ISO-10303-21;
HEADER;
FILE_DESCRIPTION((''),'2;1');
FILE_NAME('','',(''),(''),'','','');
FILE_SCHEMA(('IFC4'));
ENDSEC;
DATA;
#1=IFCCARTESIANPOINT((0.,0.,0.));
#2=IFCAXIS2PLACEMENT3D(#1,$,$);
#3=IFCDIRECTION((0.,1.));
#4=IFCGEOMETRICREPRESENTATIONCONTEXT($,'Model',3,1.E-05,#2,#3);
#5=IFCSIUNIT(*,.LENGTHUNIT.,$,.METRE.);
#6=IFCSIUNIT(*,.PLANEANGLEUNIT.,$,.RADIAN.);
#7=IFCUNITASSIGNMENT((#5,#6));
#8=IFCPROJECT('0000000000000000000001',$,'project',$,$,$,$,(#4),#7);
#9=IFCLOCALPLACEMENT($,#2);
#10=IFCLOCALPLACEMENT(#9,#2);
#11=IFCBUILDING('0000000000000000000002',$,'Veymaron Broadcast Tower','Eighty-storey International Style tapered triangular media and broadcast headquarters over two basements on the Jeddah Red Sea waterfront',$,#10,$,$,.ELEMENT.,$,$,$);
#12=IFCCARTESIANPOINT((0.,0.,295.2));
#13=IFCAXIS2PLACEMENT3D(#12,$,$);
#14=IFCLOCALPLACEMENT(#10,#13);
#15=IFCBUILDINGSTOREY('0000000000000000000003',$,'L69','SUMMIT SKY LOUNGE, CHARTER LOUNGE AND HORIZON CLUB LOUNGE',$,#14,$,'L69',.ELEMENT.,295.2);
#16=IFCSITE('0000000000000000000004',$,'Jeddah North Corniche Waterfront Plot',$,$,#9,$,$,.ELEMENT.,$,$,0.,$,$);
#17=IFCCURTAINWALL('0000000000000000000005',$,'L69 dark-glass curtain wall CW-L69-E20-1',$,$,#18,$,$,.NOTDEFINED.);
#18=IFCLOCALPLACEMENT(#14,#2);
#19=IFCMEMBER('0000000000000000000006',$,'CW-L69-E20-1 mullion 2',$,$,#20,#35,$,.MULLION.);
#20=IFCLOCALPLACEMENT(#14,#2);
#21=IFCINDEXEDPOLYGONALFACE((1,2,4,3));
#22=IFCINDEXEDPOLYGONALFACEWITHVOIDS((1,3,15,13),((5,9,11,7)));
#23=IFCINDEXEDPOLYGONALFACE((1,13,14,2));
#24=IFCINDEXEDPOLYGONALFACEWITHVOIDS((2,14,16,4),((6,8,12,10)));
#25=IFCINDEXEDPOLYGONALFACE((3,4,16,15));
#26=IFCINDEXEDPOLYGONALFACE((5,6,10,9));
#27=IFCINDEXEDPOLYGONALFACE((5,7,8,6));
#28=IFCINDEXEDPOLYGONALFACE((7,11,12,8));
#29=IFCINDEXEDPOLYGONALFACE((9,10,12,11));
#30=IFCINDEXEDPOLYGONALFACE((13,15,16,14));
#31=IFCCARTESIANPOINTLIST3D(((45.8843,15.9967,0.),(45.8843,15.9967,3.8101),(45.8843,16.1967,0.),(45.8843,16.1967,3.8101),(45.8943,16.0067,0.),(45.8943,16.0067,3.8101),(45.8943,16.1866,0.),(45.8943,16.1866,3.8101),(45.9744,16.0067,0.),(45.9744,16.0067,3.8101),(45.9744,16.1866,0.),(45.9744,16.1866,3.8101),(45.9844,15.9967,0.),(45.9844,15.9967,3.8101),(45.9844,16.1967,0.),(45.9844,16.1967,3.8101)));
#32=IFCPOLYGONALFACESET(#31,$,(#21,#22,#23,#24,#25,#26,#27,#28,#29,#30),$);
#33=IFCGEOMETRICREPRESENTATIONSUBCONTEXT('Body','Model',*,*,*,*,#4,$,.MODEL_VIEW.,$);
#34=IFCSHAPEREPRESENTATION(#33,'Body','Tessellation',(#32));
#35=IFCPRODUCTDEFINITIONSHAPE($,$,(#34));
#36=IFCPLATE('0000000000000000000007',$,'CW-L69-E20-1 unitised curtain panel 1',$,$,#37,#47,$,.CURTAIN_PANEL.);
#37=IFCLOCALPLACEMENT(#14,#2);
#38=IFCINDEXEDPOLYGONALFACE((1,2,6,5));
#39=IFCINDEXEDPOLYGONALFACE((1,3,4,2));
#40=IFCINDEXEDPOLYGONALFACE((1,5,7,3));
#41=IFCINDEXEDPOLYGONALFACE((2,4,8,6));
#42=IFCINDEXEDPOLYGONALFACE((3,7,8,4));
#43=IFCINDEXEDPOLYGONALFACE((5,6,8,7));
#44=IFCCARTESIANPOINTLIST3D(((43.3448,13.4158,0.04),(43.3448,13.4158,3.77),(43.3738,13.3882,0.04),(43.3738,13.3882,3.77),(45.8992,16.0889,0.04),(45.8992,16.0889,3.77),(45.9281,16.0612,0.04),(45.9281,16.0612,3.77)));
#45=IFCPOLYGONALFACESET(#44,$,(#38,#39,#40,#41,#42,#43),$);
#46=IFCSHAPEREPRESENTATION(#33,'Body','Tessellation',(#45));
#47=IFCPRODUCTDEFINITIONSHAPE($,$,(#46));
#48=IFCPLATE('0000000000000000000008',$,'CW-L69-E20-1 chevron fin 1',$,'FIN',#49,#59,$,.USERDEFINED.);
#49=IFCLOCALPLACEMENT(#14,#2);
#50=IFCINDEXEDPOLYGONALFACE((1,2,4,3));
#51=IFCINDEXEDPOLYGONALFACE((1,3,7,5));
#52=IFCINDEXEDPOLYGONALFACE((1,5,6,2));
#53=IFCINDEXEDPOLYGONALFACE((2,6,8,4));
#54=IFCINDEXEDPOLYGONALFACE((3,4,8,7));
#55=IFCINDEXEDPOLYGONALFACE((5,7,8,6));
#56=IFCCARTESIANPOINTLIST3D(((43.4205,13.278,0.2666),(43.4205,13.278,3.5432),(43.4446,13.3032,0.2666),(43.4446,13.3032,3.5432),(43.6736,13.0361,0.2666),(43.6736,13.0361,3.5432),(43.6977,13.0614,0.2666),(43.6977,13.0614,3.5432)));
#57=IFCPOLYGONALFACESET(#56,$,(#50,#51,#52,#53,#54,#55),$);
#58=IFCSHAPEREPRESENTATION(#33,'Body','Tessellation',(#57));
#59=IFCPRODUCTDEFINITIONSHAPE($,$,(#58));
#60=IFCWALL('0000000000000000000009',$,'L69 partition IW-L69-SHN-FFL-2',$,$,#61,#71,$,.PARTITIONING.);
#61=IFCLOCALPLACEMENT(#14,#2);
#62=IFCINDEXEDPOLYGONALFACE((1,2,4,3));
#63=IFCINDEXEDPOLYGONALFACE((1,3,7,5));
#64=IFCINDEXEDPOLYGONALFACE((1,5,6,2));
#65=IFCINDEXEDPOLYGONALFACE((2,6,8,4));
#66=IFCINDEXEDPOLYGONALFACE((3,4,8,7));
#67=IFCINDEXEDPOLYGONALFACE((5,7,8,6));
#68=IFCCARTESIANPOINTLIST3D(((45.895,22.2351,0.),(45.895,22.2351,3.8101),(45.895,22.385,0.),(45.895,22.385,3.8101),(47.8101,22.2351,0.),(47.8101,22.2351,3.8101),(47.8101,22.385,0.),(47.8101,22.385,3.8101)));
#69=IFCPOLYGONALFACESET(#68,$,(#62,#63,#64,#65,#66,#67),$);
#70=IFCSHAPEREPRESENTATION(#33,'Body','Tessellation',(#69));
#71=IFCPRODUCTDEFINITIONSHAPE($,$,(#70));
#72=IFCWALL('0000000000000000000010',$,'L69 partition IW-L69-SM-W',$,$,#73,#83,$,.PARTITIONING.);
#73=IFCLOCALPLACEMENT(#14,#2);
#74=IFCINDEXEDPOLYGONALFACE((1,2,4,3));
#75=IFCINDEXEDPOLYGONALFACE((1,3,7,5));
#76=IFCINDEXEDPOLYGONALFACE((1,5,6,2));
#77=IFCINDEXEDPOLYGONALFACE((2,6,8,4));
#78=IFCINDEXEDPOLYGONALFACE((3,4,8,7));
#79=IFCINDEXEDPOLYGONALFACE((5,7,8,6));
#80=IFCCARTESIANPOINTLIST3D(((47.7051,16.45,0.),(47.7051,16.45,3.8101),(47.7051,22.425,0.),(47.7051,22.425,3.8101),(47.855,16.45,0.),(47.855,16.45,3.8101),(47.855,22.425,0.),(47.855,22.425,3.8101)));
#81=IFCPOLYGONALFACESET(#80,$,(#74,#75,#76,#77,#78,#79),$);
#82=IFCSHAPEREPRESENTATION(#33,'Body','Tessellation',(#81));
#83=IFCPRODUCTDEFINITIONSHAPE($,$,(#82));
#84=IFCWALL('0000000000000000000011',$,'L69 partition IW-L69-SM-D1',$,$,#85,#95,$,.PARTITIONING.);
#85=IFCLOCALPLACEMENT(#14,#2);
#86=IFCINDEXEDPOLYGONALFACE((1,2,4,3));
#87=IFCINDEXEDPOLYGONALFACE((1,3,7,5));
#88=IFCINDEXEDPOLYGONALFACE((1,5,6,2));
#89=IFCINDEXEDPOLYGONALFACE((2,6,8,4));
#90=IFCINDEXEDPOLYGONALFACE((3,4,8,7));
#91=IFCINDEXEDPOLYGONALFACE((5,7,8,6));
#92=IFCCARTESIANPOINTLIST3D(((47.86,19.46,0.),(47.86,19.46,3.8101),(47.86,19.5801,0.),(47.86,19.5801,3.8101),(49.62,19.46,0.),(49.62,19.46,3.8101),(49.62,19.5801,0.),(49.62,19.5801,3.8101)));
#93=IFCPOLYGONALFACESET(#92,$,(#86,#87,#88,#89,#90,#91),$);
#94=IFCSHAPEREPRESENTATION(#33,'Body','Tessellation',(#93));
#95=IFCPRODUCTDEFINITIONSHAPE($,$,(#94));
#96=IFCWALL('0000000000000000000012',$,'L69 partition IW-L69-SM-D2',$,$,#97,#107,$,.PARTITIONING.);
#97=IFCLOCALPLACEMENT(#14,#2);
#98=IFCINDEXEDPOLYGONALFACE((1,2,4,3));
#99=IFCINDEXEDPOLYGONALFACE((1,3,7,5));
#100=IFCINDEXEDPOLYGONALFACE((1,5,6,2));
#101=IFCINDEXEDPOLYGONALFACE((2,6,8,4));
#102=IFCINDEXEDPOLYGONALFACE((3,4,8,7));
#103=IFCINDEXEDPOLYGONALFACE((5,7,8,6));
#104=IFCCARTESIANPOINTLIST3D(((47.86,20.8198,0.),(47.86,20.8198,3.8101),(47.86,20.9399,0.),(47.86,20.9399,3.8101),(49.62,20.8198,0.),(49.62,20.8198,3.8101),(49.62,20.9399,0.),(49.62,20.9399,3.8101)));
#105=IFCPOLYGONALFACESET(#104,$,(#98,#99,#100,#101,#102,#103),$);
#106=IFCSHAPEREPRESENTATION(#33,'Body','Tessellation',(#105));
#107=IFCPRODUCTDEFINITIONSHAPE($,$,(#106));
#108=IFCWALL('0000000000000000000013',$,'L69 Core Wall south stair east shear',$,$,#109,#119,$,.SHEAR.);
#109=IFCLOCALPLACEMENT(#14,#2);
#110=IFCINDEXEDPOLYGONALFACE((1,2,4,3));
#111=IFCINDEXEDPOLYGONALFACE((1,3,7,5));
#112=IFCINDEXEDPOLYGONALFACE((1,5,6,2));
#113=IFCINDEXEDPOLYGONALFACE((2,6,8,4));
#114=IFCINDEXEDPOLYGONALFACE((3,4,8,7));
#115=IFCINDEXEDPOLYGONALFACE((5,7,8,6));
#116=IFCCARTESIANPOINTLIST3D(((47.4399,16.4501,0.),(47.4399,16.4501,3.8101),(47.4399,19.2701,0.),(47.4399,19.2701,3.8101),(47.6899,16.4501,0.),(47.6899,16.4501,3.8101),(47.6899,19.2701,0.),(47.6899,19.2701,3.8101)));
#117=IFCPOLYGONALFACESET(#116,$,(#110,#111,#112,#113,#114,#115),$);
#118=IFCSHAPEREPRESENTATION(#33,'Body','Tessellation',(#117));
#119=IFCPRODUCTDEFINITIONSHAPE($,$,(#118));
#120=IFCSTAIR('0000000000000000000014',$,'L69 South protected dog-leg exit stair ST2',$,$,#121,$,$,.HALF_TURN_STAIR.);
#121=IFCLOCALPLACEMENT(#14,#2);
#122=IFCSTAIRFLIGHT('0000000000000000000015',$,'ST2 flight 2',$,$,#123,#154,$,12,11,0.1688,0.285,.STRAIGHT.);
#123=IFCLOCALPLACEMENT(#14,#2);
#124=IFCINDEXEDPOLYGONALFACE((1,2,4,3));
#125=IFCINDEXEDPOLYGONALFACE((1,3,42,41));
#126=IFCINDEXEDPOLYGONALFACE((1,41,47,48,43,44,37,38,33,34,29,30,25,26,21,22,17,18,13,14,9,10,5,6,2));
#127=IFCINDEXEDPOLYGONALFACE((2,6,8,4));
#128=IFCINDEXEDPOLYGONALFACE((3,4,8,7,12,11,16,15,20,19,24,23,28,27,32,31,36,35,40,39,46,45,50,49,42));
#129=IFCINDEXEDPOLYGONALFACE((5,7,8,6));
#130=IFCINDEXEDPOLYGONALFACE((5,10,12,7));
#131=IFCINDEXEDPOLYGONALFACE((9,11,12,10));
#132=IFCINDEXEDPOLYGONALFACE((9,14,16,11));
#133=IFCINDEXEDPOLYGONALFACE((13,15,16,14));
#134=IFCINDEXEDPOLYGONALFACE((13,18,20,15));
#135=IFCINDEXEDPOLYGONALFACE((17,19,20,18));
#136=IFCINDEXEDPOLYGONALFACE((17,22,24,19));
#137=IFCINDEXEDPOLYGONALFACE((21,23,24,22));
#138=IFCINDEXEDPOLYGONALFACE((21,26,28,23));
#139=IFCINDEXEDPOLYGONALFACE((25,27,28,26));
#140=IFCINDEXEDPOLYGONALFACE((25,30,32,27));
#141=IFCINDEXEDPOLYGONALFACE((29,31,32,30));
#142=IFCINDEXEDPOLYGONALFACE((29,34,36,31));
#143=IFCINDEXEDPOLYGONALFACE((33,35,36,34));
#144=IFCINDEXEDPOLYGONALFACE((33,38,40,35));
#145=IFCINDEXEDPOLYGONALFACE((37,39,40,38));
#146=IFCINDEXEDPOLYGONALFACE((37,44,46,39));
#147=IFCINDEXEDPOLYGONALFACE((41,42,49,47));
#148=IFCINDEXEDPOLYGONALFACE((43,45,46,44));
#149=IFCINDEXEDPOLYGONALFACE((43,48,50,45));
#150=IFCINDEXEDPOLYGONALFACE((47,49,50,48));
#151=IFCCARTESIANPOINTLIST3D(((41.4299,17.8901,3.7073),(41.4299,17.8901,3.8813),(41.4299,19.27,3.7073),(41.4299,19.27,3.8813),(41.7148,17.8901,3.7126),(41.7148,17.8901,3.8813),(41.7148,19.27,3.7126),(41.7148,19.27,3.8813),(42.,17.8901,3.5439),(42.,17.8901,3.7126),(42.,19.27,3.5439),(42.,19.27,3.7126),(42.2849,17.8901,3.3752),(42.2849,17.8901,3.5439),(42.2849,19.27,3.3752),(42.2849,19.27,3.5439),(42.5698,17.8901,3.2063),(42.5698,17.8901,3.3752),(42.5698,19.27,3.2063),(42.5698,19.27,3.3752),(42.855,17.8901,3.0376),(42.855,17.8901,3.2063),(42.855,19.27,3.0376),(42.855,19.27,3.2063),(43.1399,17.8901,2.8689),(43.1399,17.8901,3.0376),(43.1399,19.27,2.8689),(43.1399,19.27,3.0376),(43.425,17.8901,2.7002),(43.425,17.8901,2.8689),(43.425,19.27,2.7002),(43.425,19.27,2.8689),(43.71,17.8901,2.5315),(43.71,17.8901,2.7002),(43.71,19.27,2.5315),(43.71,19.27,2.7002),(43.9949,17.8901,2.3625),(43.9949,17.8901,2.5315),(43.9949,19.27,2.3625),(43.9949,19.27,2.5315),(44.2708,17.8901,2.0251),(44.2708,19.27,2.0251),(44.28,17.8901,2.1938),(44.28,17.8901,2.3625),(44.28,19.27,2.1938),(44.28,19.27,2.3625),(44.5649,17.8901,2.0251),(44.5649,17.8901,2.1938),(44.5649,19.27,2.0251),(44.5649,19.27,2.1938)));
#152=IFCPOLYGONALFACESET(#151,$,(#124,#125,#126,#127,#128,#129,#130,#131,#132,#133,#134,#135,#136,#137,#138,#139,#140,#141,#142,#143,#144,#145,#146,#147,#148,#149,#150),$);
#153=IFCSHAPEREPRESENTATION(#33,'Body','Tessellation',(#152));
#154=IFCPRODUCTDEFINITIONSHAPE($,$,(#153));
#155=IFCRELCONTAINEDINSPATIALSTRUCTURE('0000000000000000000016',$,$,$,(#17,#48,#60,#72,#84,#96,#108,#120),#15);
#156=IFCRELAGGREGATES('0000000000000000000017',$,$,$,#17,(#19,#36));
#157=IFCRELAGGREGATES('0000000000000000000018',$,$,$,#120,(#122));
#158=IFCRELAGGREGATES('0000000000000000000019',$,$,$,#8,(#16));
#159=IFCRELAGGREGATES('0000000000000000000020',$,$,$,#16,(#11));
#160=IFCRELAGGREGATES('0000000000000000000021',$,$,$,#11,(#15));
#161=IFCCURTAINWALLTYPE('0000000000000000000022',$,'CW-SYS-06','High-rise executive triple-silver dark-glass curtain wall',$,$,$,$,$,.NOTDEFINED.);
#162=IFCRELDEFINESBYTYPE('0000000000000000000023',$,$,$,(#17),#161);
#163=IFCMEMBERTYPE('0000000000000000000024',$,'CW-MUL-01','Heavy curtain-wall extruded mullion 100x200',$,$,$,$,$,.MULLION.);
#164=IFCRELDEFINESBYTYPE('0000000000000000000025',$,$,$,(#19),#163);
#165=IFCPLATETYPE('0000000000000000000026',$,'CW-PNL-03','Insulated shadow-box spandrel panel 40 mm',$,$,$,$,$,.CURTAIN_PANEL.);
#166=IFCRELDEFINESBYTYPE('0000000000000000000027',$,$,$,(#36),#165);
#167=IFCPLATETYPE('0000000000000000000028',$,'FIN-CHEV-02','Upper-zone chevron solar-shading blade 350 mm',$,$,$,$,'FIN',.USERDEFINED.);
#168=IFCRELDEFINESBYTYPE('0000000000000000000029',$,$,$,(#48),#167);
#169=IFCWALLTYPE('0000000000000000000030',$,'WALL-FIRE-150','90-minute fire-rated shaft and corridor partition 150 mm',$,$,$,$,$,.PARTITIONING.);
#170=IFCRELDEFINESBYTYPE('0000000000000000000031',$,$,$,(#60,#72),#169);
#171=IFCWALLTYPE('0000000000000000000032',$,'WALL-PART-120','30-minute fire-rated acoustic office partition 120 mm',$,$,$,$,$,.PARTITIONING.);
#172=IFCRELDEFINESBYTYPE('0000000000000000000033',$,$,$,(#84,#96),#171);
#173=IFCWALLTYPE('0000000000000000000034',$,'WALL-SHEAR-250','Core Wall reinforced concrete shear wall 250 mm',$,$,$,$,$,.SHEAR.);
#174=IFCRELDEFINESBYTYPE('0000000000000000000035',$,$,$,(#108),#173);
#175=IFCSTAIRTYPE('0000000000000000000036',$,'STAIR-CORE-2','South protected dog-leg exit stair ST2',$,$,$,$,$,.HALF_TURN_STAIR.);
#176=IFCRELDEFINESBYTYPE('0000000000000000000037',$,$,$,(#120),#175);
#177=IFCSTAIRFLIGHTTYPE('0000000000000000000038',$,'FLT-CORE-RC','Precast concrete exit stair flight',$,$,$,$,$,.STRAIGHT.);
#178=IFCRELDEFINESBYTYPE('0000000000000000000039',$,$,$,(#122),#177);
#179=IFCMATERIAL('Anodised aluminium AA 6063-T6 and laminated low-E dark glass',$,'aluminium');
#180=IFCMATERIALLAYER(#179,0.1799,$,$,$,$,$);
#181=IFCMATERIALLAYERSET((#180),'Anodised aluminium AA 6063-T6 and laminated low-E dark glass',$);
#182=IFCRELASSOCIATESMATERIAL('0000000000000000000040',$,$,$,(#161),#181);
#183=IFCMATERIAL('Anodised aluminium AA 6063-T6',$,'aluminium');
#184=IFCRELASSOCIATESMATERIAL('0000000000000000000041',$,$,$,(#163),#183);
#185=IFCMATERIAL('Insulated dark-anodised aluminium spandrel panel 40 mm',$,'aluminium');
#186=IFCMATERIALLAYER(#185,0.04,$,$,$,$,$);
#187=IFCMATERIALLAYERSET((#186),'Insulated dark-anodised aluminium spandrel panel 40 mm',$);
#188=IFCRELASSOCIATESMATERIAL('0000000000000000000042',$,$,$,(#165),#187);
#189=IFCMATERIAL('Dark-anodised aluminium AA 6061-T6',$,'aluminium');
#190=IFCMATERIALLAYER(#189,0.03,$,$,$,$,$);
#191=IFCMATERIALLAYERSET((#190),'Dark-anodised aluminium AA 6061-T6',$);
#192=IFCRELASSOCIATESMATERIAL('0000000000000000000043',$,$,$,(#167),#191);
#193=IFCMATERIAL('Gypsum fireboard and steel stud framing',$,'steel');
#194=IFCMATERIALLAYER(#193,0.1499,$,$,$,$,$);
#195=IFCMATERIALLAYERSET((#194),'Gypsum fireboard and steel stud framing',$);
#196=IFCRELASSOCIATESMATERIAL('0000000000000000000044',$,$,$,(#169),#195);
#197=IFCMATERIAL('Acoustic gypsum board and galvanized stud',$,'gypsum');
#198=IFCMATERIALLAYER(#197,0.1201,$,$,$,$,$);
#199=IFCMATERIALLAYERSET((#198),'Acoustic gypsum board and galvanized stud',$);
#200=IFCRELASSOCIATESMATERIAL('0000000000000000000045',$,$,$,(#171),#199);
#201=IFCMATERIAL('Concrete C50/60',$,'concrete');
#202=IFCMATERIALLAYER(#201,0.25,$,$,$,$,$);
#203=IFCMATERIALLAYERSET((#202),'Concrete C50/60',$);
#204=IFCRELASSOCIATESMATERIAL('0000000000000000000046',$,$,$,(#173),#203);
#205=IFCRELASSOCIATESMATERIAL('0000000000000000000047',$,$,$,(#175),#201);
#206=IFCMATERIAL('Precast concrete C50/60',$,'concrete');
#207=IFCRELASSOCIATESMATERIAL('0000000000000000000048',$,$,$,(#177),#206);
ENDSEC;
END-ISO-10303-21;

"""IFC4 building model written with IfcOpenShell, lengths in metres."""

from ifc_helpers import new_model, si_unit, direction, frame, frame_2d, origin, origin_2d, place, context, subcontext, project, spatial, polyline, rectangle, hollow_rectangle, outline, extrude, material, layer, layer_set, material_profile, profile_set, type_object, element, aggregate, save


model = new_model("IFC4")

# Units and contexts
model_context = context("Model", 3, precision=1e-05, world=origin(), true_north=direction((0.0, 1.0)))
body_context = subcontext(model_context, "Body", "Model", "MODEL_VIEW")
ifc_project = project(units=[si_unit("LENGTHUNIT", "METRE"), si_unit("PLANEANGLEUNIT", "RADIAN")], contexts=[model_context])

# Site, building, storey
site_placement = place(None, origin())
site = spatial("IfcSite", under=ifc_project, at=site_placement, Name="Jeddah North Corniche Waterfront Plot", CompositionType="ELEMENT", RefElevation=0.0)
building_placement = place(site_placement, origin())
building = spatial("IfcBuilding", under=site, at=building_placement, Name="Veymaron Broadcast Tower", Description="Eighty-storey International Style tapered triangular media and broadcast headquarters over two basements on the Jeddah Red Sea waterfront", CompositionType="ELEMENT")
storey_placement = place(building_placement, frame((0.0, 0.0, 295.2)))
storey = spatial("IfcBuildingStorey", under=building, at=storey_placement, Name="L69", Description="SUMMIT SKY LOUNGE, CHARTER LOUNGE AND HORIZON CLUB LOUNGE", LongName="L69", CompositionType="ELEMENT", Elevation=295.2)

# Curtain wall, member, plate
ifc_material_1 = material(Name="Anodised aluminium AA 6063-T6 and laminated low-E dark glass", Category="aluminium")
ifc_layer_1 = layer(ifc_material_1, 0.1799)
ifc_layer_set_1 = layer_set([ifc_layer_1], Name="Anodised aluminium AA 6063-T6 and laminated low-E dark glass")
curtain_wall_type = type_object("IfcCurtainWallType", Name="CW-SYS-06", Description="High-rise executive triple-silver dark-glass curtain wall", PredefinedType="NOTDEFINED", material=ifc_layer_set_1)
curtain_wall_placement = place(storey_placement, origin())
curtain_wall = element("IfcCurtainWall", 1, at=curtain_wall_placement, inside=storey, type_object=curtain_wall_type, Name="L69 dark-glass curtain wall CW-L69-E20-1", PredefinedType="NOTDEFINED")
ifc_material_2 = material(Name="Anodised aluminium AA 6063-T6", Category="aluminium")
ifc_material_profile = material_profile(ifc_material_2, hollow_rectangle(XDim=0.1001, YDim=0.2, WallThickness=0.01, at=origin_2d()), Name="RHS200X100X10")
ifc_profile_set = profile_set([ifc_material_profile], Name="Anodised aluminium AA 6063-T6")
member_type = type_object("IfcMemberType", Name="CW-MUL-01", Description="Heavy curtain-wall extruded mullion 100x200", PredefinedType="MULLION", material=ifc_profile_set)
member_placement = place(storey_placement, frame((45.9343, 16.0967, 0.0), z_axis=(0.0, 0.0, 1.0), x_axis=(1.0, 0.0, 0.0)))
member = element("IfcMember", 2, at=member_placement, type_object=member_type, Name="CW-L69-E20-1 mullion 2", PredefinedType="MULLION", context=body_context, shape_type="SweptSolid", body=[
    extrude(hollow_rectangle(XDim=0.1001, YDim=0.2, WallThickness=0.01, at=origin_2d()), origin(), (0.0, 0.0, 1.0), 3.8101),
])
ifc_material_3 = material(Name="Insulated dark-anodised aluminium spandrel panel 40 mm", Category="aluminium")
ifc_layer_2 = layer(ifc_material_3, 0.04)
ifc_layer_set_2 = layer_set([ifc_layer_2], Name="Insulated dark-anodised aluminium spandrel panel 40 mm")
plate_type_1 = type_object("IfcPlateType", Name="CW-PNL-03", Description="Insulated shadow-box spandrel panel 40 mm", PredefinedType="CURTAIN_PANEL", material=ifc_layer_set_2)
plate_1_placement = place(storey_placement, frame((44.6365, 14.7385, 0.04), z_axis=(0.0, 0.0, 1.0), x_axis=(0.69087, 0.722979, 0.0)))
plate_1 = element("IfcPlate", 3, at=plate_1_placement, type_object=plate_type_1, Name="CW-L69-E20-1 unitised curtain panel 1", PredefinedType="CURTAIN_PANEL", context=body_context, shape_type="SweptSolid", body=[
    extrude(rectangle(XDim=3.6973, YDim=0.04, at=origin_2d()), origin(), (0.0, 0.0, 1.0), 3.73),
])
aggregate(curtain_wall, [member, plate_1])

# Plate
ifc_material_4 = material(Name="Dark-anodised aluminium AA 6061-T6", Category="aluminium")
ifc_layer_3 = layer(ifc_material_4, 0.03)
ifc_layer_set_3 = layer_set([ifc_layer_3], Name="Dark-anodised aluminium AA 6061-T6")
plate_type_2 = type_object("IfcPlateType", Name="FIN-CHEV-02", Description="Upper-zone chevron solar-shading blade 350 mm", ElementType="FIN", PredefinedType="USERDEFINED", material=ifc_layer_set_3)
plate_2_placement = place(storey_placement, frame((43.5591, 13.1697, 0.2666), z_axis=(0.0, 0.0, 1.0), x_axis=(0.722979, -0.69087, 0.0)))
element("IfcPlate", 4, at=plate_2_placement, inside=storey, type_object=plate_type_2, Name="CW-L69-E20-1 chevron fin 1", ObjectType="FIN", PredefinedType="USERDEFINED", context=body_context, shape_type="SweptSolid", body=[
    extrude(rectangle(XDim=0.3501, YDim=0.0349, at=origin_2d()), origin(), (0.0, 0.0, 1.0), 3.2766),
])

# Shared definitions
ifc_material_5 = material(Name="Gypsum fireboard and steel stud framing", Category="steel")
ifc_layer_4 = layer(ifc_material_5, 0.1499)
ifc_layer_set_4 = layer_set([ifc_layer_4], Name="Gypsum fireboard and steel stud framing")
wall_type_1 = type_object("IfcWallType", Name="WALL-FIRE-150", Description="90-minute fire-rated shaft and corridor partition 150 mm", PredefinedType="PARTITIONING", material=ifc_layer_set_4)

# Wall
wall_1_placement = place(storey_placement, frame((45.895, 22.3101, 0.0), z_axis=(0.0, 0.0, 1.0), x_axis=(1.0, 0.0, 0.0)))
element("IfcWall", 5, at=wall_1_placement, inside=storey, type_object=wall_type_1, Name="L69 partition IW-L69-SHN-FFL-2", PredefinedType="PARTITIONING", context=body_context, shape_type="SweptSolid", body=[
    extrude(rectangle(XDim=1.915, YDim=0.1499, at=frame_2d((0.9575, 0.0))), origin(), (0.0, 0.0, 1.0), 3.8101),
])

# Walls
wall_2_placement = place(storey_placement, frame((47.78, 16.45, 0.0), z_axis=(0.0, 0.0, 1.0), x_axis=(0.0, 1.0, 0.0)))
element("IfcWall", 6, at=wall_2_placement, inside=storey, type_object=wall_type_1, Name="L69 partition IW-L69-SM-W", PredefinedType="PARTITIONING", context=body_context, shape_type="SweptSolid", body=[
    extrude(rectangle(XDim=5.9751, YDim=0.1499, at=frame_2d((2.9875, 0.0))), origin(), (0.0, 0.0, 1.0), 3.8101),
])
ifc_material_6 = material(Name="Acoustic gypsum board and galvanized stud", Category="gypsum")
ifc_layer_5 = layer(ifc_material_6, 0.1201)
ifc_layer_set_5 = layer_set([ifc_layer_5], Name="Acoustic gypsum board and galvanized stud")
wall_type_2 = type_object("IfcWallType", Name="WALL-PART-120", Description="30-minute fire-rated acoustic office partition 120 mm", PredefinedType="PARTITIONING", material=ifc_layer_set_5)
for number, where, z_axis, x_axis, name in (
    (7, (47.8601, 19.52, 0.0), (0.0, 0.0, 1.0), (1.0, 0.0, 0.0), "L69 partition IW-L69-SM-D1"),
    (8, (47.8601, 20.8799, 0.0), (0.0, 0.0, 1.0), (1.0, 0.0, 0.0), "L69 partition IW-L69-SM-D2"),
):
    element("IfcWall", number, at=place(storey_placement, frame(where, z_axis=z_axis, x_axis=x_axis)), inside=storey, type_object=wall_type_2, Name=name, PredefinedType="PARTITIONING", context=body_context, shape_type="SweptSolid", body=[
        extrude(rectangle(XDim=1.76, YDim=0.1201, at=frame_2d((0.8799, 0.0))), origin(), (0.0, 0.0, 1.0), 3.8101),
    ])
ifc_material_7 = material(Name="Concrete C50/60", Category="concrete")
ifc_layer_6 = layer(ifc_material_7, 0.25)
ifc_layer_set_6 = layer_set([ifc_layer_6], Name="Concrete C50/60")
wall_type_3 = type_object("IfcWallType", Name="WALL-SHEAR-250", Description="Core Wall reinforced concrete shear wall 250 mm", PredefinedType="SHEAR", material=ifc_layer_set_6)
wall_3_placement = place(storey_placement, frame((47.5649, 16.45, 0.0), z_axis=(0.0, 0.0, 1.0), x_axis=(0.0, 1.0, 0.0)))
element("IfcWall", 9, at=wall_3_placement, inside=storey, type_object=wall_type_3, Name="L69 Core Wall south stair east shear", PredefinedType="SHEAR", context=body_context, shape_type="SweptSolid", body=[
    extrude(rectangle(XDim=2.8201, YDim=0.25, at=frame_2d((1.4102, 0.0))), origin(), (0.0, 0.0, 1.0), 3.8101),
])

# Stair, stair flight
stair_type = type_object("IfcStairType", Name="STAIR-CORE-2", Description="South protected dog-leg exit stair ST2", PredefinedType="HALF_TURN_STAIR", material=ifc_material_7)
stair_placement = place(storey_placement, origin())
stair = element("IfcStair", 10, at=stair_placement, inside=storey, type_object=stair_type, Name="L69 South protected dog-leg exit stair ST2", PredefinedType="HALF_TURN_STAIR")
ifc_material_8 = material(Name="Precast concrete C50/60", Category="concrete")
stair_flight_type = type_object("IfcStairFlightType", Name="FLT-CORE-RC", Description="Precast concrete exit stair flight", PredefinedType="STRAIGHT", material=ifc_material_8)
stair_flight_placement = place(storey_placement, frame((44.5649, 18.5801, 2.0251), z_axis=(0.0, 0.0, 1.0), x_axis=(-1.0, 0.0, 0.0)))
stair_flight = element("IfcStairFlight", 11, at=stair_flight_placement, type_object=stair_flight_type, Name="ST2 flight 2", NumberOfRisers=12, NumberOfTreads=11, PredefinedType="STRAIGHT", RiserHeight=0.1688, TreadLength=0.285, context=body_context, shape_type="SweptSolid", body=[
    extrude(outline(polyline([(0.0, 0.0), (0.0, 0.1687), (0.2849, 0.1687), (0.2849, 0.3374), (0.5701, 0.3374), (0.5701, 0.5063), (0.855, 0.5063), (0.855, 0.675), (1.1399, 0.675), (1.1399, 0.8438), (1.425, 0.8438), (1.425, 1.0125), (1.71, 1.0125), (1.71, 1.1812), (1.9951, 1.1812), (1.9951, 1.3501), (2.28, 1.3501), (2.28, 1.5188), (2.5649, 1.5188), (2.5649, 1.6875), (2.8501, 1.6875), (2.8501, 1.8562), (3.135, 1.8562), (3.135, 2.0249), (3.135, 1.6821), (0.2942, 0.0), (0.0, 0.0)])), frame((0.0, 0.6899, 0.0), z_axis=(0.0, -1.0, 0.0), x_axis=(1.0, 0.0, 0.0)), (0.0, 0.0, 1.0), 1.3799),
])
aggregate(stair, [stair_flight])

save(model, "model.ifc")
